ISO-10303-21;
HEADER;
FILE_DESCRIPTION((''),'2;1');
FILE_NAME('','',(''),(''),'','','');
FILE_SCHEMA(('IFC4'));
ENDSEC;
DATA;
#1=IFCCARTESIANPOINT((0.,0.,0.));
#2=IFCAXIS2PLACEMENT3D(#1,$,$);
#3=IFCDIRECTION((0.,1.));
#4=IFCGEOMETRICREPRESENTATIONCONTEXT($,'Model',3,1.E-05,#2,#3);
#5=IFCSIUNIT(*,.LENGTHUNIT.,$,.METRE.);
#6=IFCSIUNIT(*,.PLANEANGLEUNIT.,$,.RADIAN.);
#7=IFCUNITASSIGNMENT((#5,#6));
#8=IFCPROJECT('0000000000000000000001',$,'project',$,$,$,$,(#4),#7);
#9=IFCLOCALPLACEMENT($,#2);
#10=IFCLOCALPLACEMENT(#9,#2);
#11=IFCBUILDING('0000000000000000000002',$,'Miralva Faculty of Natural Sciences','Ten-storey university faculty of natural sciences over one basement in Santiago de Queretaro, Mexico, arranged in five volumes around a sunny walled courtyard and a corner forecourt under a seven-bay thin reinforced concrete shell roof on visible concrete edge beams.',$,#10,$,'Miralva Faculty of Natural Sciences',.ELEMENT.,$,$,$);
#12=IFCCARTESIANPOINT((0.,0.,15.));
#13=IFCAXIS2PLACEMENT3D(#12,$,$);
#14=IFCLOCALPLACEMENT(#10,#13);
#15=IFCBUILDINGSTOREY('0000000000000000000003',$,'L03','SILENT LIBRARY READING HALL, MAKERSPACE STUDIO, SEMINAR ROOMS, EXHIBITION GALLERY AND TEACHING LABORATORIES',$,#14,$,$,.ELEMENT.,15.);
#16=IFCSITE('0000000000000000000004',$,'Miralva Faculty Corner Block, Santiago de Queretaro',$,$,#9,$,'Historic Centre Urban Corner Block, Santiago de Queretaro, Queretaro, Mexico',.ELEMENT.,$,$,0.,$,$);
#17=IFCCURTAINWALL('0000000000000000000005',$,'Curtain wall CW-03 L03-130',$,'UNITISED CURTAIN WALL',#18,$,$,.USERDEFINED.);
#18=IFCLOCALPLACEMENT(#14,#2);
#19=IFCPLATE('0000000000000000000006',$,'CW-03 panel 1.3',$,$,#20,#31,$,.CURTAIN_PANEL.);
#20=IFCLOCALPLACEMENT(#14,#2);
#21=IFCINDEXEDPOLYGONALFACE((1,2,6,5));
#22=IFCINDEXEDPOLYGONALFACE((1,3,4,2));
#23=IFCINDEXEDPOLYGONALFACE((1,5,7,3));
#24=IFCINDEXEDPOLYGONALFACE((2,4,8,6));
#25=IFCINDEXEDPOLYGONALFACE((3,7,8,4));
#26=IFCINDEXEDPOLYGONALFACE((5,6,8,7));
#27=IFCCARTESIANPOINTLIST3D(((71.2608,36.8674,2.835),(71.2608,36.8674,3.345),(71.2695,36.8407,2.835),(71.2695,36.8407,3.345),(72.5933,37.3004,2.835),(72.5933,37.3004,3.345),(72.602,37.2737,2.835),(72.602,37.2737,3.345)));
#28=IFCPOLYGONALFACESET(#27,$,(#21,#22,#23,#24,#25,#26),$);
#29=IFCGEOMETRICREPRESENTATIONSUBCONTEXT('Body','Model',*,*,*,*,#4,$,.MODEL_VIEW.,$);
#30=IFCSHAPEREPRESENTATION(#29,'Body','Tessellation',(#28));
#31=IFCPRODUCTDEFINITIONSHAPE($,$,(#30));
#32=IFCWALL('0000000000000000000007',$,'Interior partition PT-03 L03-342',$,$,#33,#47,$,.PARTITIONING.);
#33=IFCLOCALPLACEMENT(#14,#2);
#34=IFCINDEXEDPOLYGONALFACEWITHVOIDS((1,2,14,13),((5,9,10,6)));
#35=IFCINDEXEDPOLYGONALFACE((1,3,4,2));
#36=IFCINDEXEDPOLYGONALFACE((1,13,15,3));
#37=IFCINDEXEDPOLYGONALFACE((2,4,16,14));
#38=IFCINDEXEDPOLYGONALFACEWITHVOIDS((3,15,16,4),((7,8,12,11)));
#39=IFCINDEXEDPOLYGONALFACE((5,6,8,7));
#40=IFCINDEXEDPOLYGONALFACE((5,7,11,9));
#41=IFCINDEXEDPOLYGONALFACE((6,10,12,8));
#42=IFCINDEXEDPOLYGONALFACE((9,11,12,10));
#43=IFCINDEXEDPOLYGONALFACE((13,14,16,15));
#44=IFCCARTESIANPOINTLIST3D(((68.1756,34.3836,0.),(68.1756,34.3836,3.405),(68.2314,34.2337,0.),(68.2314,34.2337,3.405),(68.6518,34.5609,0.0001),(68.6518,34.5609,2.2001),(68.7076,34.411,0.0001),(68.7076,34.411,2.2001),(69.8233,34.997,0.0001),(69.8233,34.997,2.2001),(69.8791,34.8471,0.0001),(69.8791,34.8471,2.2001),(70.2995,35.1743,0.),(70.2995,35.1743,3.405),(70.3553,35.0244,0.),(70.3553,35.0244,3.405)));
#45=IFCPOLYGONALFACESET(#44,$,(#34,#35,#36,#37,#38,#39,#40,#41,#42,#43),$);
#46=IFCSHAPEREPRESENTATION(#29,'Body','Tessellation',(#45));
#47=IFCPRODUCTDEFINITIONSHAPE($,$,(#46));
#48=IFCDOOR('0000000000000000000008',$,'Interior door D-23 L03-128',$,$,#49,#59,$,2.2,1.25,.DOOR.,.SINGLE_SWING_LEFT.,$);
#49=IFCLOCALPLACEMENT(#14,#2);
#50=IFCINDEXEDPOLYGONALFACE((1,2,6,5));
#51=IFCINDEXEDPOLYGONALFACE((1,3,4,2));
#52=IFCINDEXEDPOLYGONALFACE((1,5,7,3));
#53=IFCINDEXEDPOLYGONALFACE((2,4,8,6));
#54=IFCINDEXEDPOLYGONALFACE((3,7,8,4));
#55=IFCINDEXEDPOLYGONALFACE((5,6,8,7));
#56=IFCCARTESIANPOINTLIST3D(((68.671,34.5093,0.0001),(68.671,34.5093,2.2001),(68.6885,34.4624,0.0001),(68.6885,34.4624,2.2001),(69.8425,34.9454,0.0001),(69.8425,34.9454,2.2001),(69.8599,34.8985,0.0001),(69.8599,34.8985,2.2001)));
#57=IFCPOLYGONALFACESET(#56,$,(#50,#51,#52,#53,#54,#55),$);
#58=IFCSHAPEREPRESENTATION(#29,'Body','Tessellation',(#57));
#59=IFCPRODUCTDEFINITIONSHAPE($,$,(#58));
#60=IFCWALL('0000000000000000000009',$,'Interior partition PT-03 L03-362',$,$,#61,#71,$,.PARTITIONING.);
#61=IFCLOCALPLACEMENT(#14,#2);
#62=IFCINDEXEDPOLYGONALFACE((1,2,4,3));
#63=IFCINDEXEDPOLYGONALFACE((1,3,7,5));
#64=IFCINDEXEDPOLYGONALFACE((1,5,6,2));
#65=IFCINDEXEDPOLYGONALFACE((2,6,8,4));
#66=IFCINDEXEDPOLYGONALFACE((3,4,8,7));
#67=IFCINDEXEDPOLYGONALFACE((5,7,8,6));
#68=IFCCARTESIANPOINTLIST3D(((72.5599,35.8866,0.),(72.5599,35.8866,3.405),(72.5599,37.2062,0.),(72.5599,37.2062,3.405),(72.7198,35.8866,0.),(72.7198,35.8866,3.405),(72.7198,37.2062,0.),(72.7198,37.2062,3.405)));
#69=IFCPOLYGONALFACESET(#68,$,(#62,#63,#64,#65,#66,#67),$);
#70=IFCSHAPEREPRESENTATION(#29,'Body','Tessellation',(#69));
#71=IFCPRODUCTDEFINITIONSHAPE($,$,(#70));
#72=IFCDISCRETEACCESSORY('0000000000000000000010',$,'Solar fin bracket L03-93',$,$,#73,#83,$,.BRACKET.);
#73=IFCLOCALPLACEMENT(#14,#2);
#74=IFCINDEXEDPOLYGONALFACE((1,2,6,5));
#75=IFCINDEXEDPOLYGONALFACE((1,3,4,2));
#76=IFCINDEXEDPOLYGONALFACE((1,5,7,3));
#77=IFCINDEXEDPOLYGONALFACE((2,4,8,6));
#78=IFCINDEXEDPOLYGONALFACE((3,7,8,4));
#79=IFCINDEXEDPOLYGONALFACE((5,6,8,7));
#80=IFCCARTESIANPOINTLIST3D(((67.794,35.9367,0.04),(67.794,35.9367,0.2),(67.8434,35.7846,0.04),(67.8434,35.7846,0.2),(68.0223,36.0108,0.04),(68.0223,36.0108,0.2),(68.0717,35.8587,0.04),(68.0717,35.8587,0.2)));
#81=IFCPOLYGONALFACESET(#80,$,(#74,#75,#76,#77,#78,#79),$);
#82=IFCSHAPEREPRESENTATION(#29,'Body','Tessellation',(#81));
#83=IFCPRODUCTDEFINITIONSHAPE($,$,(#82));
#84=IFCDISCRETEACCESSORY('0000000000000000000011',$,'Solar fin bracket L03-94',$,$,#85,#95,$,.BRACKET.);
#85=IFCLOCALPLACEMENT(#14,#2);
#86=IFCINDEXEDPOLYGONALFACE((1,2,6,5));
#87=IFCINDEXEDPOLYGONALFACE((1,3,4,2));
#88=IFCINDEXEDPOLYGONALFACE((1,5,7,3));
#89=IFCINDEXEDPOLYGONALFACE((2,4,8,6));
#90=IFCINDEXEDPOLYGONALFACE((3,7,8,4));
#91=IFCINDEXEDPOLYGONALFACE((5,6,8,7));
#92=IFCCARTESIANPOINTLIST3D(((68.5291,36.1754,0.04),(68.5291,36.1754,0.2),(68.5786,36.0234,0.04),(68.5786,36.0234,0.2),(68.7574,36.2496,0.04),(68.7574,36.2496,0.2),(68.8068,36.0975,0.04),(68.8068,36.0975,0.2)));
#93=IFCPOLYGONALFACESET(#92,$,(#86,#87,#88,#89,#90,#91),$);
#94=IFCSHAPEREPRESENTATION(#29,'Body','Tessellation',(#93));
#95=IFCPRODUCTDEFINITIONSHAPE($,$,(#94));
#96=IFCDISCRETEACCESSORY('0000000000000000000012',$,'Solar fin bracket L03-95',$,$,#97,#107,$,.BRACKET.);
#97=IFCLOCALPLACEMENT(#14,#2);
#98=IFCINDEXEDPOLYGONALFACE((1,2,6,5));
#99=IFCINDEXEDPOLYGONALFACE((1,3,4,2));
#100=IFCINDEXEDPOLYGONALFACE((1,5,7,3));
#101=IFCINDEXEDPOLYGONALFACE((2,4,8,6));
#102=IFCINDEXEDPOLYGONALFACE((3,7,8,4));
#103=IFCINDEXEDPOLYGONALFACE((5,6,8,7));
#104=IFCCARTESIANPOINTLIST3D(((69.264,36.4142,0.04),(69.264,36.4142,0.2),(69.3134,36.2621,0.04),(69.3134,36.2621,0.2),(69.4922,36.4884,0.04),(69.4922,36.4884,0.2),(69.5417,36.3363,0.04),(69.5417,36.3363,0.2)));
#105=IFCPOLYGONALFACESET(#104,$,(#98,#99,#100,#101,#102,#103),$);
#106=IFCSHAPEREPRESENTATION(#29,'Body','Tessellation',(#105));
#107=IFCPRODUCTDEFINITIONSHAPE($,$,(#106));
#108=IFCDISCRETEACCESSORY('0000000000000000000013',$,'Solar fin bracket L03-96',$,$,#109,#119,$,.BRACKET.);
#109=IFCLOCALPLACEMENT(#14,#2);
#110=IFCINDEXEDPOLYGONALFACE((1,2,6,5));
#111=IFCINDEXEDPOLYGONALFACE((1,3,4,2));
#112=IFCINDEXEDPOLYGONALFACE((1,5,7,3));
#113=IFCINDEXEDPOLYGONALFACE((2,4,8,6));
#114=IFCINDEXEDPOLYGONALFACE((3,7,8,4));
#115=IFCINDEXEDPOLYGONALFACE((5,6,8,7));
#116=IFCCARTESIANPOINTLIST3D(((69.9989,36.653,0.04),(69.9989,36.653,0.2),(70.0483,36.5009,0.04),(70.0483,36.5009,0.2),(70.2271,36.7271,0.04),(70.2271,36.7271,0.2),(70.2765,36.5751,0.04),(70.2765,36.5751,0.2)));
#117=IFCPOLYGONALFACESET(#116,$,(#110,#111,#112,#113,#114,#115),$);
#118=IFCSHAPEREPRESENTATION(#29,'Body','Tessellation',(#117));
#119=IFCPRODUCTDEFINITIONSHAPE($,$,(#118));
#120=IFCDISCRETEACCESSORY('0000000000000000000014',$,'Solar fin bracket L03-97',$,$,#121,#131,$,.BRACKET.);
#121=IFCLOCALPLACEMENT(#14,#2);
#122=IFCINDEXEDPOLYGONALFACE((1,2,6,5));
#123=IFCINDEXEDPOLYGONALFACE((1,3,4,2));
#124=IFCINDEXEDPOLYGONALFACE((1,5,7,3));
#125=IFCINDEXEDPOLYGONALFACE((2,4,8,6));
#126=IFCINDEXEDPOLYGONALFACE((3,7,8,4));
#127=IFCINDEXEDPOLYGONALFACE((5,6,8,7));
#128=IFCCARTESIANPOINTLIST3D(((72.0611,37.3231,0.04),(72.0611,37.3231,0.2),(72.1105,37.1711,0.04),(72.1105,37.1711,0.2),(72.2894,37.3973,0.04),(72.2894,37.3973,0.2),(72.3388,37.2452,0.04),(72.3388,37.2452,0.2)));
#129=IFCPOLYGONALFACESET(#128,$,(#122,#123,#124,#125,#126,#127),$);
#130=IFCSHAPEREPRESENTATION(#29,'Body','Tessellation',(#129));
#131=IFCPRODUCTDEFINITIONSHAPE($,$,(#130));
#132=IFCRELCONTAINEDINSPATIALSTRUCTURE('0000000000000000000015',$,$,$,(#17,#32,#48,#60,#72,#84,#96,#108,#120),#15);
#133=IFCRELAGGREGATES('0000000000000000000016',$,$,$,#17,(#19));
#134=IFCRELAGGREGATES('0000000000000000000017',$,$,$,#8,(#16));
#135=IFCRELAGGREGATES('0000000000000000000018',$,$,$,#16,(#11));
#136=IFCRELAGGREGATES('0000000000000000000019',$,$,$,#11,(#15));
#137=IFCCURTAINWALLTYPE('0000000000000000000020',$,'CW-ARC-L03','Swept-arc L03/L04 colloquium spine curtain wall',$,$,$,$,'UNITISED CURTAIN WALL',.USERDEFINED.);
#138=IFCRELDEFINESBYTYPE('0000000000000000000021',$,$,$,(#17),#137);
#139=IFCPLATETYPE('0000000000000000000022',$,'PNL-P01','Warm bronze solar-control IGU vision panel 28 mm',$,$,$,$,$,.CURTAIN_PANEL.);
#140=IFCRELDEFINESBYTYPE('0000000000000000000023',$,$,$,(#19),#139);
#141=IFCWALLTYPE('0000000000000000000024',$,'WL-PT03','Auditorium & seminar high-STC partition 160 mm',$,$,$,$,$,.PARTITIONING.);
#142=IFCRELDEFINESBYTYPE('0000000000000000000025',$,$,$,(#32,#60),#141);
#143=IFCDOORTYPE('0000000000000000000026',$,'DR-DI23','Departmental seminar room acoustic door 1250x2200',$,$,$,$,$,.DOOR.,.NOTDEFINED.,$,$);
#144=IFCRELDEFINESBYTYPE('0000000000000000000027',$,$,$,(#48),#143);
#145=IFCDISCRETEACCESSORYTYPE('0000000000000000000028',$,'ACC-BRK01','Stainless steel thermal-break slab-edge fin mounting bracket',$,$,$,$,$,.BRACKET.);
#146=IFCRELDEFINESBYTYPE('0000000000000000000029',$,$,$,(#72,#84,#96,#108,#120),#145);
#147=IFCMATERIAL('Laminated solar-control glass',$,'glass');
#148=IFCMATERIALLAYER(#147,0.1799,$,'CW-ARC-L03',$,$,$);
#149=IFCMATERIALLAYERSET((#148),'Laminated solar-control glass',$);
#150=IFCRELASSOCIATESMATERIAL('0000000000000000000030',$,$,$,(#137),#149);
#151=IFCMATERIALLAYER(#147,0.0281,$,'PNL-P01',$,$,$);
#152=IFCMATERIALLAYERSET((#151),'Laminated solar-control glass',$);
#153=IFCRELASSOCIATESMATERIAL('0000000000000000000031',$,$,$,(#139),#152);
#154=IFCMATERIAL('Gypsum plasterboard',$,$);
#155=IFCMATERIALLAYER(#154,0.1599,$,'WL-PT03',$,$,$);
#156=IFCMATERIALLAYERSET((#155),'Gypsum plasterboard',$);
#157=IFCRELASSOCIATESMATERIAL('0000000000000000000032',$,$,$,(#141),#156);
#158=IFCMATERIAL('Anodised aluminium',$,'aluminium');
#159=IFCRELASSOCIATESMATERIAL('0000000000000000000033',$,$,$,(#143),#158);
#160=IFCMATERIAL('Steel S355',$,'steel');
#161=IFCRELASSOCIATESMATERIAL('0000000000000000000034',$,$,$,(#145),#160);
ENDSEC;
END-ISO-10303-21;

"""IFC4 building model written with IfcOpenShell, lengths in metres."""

from ifc_helpers import new_model, si_unit, direction, frame, frame_2d, origin, origin_2d, place, context, subcontext, project, spatial, rectangle, extrude, material, layer, layer_set, type_object, element, fill, aggregate, save


model = new_model("IFC4")

# Units and contexts
model_context = context("Model", 3, precision=1e-05, world=origin(), true_north=direction((0.0, 1.0)))
body_context = subcontext(model_context, "Body", "Model", "MODEL_VIEW")
ifc_project = project(units=[si_unit("LENGTHUNIT", "METRE"), si_unit("PLANEANGLEUNIT", "RADIAN")], contexts=[model_context])

# Site, building, storey
site_placement = place(None, origin())
site = spatial("IfcSite", under=ifc_project, at=site_placement, Name="Miralva Faculty Corner Block, Santiago de Queretaro", LongName="Historic Centre Urban Corner Block, Santiago de Queretaro, Queretaro, Mexico", CompositionType="ELEMENT", RefElevation=0.0)
building_placement = place(site_placement, origin())
building = spatial("IfcBuilding", under=site, at=building_placement, Name="Miralva Faculty of Natural Sciences", Description="Ten-storey university faculty of natural sciences over one basement in Santiago de Queretaro, Mexico, arranged in five volumes around a sunny walled courtyard and a corner forecourt under a seven-bay thin reinforced concrete shell roof on visible concrete edge beams.", LongName="Miralva Faculty of Natural Sciences", CompositionType="ELEMENT")
storey_placement = place(building_placement, frame((0.0, 0.0, 15.0)))
storey = spatial("IfcBuildingStorey", under=building, at=storey_placement, Name="L03", Description="SILENT LIBRARY READING HALL, MAKERSPACE STUDIO, SEMINAR ROOMS, EXHIBITION GALLERY AND TEACHING LABORATORIES", CompositionType="ELEMENT", Elevation=15.0)

# Curtain wall
ifc_material_1 = material(Name="Laminated solar-control glass", Category="glass")
ifc_layer_1 = layer(ifc_material_1, 0.1799, Name="CW-ARC-L03")
ifc_layer_set_1 = layer_set([ifc_layer_1], Name="Laminated solar-control glass")
curtain_wall_type = type_object("IfcCurtainWallType", Name="CW-ARC-L03", Description="Swept-arc L03/L04 colloquium spine curtain wall", ElementType="UNITISED CURTAIN WALL", PredefinedType="USERDEFINED", material=ifc_layer_set_1)
ifc_material_2 = material(Name="Anodised aluminium", Category="aluminium")
curtain_wall_1_placement = place(storey_placement, origin())
curtain_wall_1 = element("IfcCurtainWall", 1, at=curtain_wall_1_placement, inside=storey, type_object=curtain_wall_type, Name="Curtain wall CW-03 L03-130", ObjectType="UNITISED CURTAIN WALL", PredefinedType="USERDEFINED")

# Plate
ifc_layer_2 = layer(ifc_material_1, 0.0281, Name="PNL-P01")
ifc_layer_set_2 = layer_set([ifc_layer_2], Name="Laminated solar-control glass")
plate_type = type_object("IfcPlateType", Name="PNL-P01", Description="Warm bronze solar-control IGU vision panel 28 mm", PredefinedType="CURTAIN_PANEL", material=ifc_layer_set_2)
plate_1_placement = place(storey_placement, frame((71.9314, 37.0706, 2.835), z_axis=(0.0, 0.0, 1.0), x_axis=(0.95106, 0.309006, 0.0)))
plate_1 = element("IfcPlate", 2, at=plate_1_placement, type_object=plate_type, Name="CW-03 panel 1.3", PredefinedType="CURTAIN_PANEL", context=body_context, shape_type="SweptSolid", body=[
    extrude(rectangle(XDim=1.4011, YDim=0.0281, at=origin_2d()), origin(), (0.0, 0.0, 1.0), 0.51),
])
aggregate(curtain_wall_1, [plate_1])

# Wall, opening, door
ifc_material_3 = material(Name="Gypsum plasterboard")
ifc_layer_3 = layer(ifc_material_3, 0.1599, Name="WL-PT03")
ifc_layer_set_3 = layer_set([ifc_layer_3], Name="Gypsum plasterboard")
wall_type = type_object("IfcWallType", Name="WL-PT03", Description="Auditorium & seminar high-STC partition 160 mm", PredefinedType="PARTITIONING", material=ifc_layer_set_3)
wall_1_placement = place(storey_placement, frame((68.2034, 34.3086, 0.0), z_axis=(0.0, 0.0, 1.0), x_axis=(0.937159, 0.348903, 0.0)))
wall_1 = element("IfcWall", 3, at=wall_1_placement, inside=storey, type_object=wall_type, Name="Interior partition PT-03 L03-342", PredefinedType="PARTITIONING", context=body_context, shape_type="SweptSolid", body=[
    extrude(rectangle(XDim=2.2664, YDim=0.1599, at=frame_2d((1.1333, 0.0))), origin(), (0.0, 0.0, 1.0), 3.405),
])
opening_placement = place(wall_1_placement, frame((0.5083, 0.0, 0.0)))
opening = element("IfcOpeningElement", 4, at=opening_placement, cuts=wall_1, PredefinedType="OPENING", context=body_context, shape_type="SweptSolid", body=[
    extrude(rectangle(XDim=1.25, YDim=2.2, at=frame_2d((0.625, 1.1001))), frame((0.0, 0.0898, 0.0), z_axis=(0.0, -1.0, 0.0), x_axis=(1.0, 0.0, 0.0)), (0.0, 0.0, 1.0), 0.1799),
])
door_type = type_object("IfcDoorType", Name="DR-DI23", Description="Departmental seminar room acoustic door 1250x2200", OperationType="NOTDEFINED", PredefinedType="DOOR", material=ifc_material_2)
door_placement = place(opening_placement, origin())
door = element("IfcDoor", 5, at=door_placement, inside=storey, type_object=door_type, Name="Interior door D-23 L03-128", OperationType="SINGLE_SWING_LEFT", OverallHeight=2.2, OverallWidth=1.25, PredefinedType="DOOR", context=body_context, shape_type="SweptSolid", body=[
    extrude(rectangle(XDim=1.25, YDim=2.2, at=frame_2d((0.625, 1.1001))), frame((0.0, 0.0249, 0.0), z_axis=(0.0, -1.0, 0.0), x_axis=(1.0, 0.0, 0.0)), (0.0, 0.0, 1.0), 0.05),
])
fill(opening, door)

# Wall
wall_2_placement = place(storey_placement, frame((72.6399, 35.8867, 0.0), z_axis=(0.0, 0.0, 1.0), x_axis=(0.0, 1.0, 0.0)))
element("IfcWall", 6, at=wall_2_placement, inside=storey, type_object=wall_type, Name="Interior partition PT-03 L03-362", PredefinedType="PARTITIONING", context=body_context, shape_type="SweptSolid", body=[
    extrude(rectangle(XDim=1.3196, YDim=0.1599, at=frame_2d((0.6597, 0.0))), origin(), (0.0, 0.0, 1.0), 3.405),
])

# Discrete accessories
ifc_material_4 = material(Name="Steel S355", Category="steel")
discrete_accessory_type = type_object("IfcDiscreteAccessoryType", Name="ACC-BRK01", Description="Stainless steel thermal-break slab-edge fin mounting bracket", PredefinedType="BRACKET", material=ifc_material_4)
for number, where, z_axis, x_axis, name in (
    (7, (67.9329, 35.8977, 0.04), (0.0, 0.0, 1.0), (-0.309017, 0.951057, 0.0), "Solar fin bracket L03-93"),
    (8, (68.668, 36.1365, 0.04), (0.0, 0.0, 1.0), (-0.309017, 0.951057, 0.0), "Solar fin bracket L03-94"),
    (9, (69.4028, 36.3752, 0.04), (0.0, 0.0, 1.0), (-0.309017, 0.951057, 0.0), "Solar fin bracket L03-95"),
    (10, (70.1377, 36.614, 0.04), (0.0, 0.0, 1.0), (-0.309017, 0.951057, 0.0), "Solar fin bracket L03-96"),
    (11, (72.2, 37.2842, 0.04), (0.0, 0.0, 1.0), (-0.309017, 0.951057, 0.0), "Solar fin bracket L03-97"),
):
    element("IfcDiscreteAccessory", number, at=place(storey_placement, frame(where, z_axis=z_axis, x_axis=x_axis)), inside=storey, type_object=discrete_accessory_type, Name=name, PredefinedType="BRACKET", context=body_context, shape_type="SweptSolid", body=[
        extrude(rectangle(XDim=0.1599, YDim=0.24, at=origin_2d()), origin(), (0.0, 0.0, 1.0), 0.1599),
    ])

save(model, "model.ifc")
